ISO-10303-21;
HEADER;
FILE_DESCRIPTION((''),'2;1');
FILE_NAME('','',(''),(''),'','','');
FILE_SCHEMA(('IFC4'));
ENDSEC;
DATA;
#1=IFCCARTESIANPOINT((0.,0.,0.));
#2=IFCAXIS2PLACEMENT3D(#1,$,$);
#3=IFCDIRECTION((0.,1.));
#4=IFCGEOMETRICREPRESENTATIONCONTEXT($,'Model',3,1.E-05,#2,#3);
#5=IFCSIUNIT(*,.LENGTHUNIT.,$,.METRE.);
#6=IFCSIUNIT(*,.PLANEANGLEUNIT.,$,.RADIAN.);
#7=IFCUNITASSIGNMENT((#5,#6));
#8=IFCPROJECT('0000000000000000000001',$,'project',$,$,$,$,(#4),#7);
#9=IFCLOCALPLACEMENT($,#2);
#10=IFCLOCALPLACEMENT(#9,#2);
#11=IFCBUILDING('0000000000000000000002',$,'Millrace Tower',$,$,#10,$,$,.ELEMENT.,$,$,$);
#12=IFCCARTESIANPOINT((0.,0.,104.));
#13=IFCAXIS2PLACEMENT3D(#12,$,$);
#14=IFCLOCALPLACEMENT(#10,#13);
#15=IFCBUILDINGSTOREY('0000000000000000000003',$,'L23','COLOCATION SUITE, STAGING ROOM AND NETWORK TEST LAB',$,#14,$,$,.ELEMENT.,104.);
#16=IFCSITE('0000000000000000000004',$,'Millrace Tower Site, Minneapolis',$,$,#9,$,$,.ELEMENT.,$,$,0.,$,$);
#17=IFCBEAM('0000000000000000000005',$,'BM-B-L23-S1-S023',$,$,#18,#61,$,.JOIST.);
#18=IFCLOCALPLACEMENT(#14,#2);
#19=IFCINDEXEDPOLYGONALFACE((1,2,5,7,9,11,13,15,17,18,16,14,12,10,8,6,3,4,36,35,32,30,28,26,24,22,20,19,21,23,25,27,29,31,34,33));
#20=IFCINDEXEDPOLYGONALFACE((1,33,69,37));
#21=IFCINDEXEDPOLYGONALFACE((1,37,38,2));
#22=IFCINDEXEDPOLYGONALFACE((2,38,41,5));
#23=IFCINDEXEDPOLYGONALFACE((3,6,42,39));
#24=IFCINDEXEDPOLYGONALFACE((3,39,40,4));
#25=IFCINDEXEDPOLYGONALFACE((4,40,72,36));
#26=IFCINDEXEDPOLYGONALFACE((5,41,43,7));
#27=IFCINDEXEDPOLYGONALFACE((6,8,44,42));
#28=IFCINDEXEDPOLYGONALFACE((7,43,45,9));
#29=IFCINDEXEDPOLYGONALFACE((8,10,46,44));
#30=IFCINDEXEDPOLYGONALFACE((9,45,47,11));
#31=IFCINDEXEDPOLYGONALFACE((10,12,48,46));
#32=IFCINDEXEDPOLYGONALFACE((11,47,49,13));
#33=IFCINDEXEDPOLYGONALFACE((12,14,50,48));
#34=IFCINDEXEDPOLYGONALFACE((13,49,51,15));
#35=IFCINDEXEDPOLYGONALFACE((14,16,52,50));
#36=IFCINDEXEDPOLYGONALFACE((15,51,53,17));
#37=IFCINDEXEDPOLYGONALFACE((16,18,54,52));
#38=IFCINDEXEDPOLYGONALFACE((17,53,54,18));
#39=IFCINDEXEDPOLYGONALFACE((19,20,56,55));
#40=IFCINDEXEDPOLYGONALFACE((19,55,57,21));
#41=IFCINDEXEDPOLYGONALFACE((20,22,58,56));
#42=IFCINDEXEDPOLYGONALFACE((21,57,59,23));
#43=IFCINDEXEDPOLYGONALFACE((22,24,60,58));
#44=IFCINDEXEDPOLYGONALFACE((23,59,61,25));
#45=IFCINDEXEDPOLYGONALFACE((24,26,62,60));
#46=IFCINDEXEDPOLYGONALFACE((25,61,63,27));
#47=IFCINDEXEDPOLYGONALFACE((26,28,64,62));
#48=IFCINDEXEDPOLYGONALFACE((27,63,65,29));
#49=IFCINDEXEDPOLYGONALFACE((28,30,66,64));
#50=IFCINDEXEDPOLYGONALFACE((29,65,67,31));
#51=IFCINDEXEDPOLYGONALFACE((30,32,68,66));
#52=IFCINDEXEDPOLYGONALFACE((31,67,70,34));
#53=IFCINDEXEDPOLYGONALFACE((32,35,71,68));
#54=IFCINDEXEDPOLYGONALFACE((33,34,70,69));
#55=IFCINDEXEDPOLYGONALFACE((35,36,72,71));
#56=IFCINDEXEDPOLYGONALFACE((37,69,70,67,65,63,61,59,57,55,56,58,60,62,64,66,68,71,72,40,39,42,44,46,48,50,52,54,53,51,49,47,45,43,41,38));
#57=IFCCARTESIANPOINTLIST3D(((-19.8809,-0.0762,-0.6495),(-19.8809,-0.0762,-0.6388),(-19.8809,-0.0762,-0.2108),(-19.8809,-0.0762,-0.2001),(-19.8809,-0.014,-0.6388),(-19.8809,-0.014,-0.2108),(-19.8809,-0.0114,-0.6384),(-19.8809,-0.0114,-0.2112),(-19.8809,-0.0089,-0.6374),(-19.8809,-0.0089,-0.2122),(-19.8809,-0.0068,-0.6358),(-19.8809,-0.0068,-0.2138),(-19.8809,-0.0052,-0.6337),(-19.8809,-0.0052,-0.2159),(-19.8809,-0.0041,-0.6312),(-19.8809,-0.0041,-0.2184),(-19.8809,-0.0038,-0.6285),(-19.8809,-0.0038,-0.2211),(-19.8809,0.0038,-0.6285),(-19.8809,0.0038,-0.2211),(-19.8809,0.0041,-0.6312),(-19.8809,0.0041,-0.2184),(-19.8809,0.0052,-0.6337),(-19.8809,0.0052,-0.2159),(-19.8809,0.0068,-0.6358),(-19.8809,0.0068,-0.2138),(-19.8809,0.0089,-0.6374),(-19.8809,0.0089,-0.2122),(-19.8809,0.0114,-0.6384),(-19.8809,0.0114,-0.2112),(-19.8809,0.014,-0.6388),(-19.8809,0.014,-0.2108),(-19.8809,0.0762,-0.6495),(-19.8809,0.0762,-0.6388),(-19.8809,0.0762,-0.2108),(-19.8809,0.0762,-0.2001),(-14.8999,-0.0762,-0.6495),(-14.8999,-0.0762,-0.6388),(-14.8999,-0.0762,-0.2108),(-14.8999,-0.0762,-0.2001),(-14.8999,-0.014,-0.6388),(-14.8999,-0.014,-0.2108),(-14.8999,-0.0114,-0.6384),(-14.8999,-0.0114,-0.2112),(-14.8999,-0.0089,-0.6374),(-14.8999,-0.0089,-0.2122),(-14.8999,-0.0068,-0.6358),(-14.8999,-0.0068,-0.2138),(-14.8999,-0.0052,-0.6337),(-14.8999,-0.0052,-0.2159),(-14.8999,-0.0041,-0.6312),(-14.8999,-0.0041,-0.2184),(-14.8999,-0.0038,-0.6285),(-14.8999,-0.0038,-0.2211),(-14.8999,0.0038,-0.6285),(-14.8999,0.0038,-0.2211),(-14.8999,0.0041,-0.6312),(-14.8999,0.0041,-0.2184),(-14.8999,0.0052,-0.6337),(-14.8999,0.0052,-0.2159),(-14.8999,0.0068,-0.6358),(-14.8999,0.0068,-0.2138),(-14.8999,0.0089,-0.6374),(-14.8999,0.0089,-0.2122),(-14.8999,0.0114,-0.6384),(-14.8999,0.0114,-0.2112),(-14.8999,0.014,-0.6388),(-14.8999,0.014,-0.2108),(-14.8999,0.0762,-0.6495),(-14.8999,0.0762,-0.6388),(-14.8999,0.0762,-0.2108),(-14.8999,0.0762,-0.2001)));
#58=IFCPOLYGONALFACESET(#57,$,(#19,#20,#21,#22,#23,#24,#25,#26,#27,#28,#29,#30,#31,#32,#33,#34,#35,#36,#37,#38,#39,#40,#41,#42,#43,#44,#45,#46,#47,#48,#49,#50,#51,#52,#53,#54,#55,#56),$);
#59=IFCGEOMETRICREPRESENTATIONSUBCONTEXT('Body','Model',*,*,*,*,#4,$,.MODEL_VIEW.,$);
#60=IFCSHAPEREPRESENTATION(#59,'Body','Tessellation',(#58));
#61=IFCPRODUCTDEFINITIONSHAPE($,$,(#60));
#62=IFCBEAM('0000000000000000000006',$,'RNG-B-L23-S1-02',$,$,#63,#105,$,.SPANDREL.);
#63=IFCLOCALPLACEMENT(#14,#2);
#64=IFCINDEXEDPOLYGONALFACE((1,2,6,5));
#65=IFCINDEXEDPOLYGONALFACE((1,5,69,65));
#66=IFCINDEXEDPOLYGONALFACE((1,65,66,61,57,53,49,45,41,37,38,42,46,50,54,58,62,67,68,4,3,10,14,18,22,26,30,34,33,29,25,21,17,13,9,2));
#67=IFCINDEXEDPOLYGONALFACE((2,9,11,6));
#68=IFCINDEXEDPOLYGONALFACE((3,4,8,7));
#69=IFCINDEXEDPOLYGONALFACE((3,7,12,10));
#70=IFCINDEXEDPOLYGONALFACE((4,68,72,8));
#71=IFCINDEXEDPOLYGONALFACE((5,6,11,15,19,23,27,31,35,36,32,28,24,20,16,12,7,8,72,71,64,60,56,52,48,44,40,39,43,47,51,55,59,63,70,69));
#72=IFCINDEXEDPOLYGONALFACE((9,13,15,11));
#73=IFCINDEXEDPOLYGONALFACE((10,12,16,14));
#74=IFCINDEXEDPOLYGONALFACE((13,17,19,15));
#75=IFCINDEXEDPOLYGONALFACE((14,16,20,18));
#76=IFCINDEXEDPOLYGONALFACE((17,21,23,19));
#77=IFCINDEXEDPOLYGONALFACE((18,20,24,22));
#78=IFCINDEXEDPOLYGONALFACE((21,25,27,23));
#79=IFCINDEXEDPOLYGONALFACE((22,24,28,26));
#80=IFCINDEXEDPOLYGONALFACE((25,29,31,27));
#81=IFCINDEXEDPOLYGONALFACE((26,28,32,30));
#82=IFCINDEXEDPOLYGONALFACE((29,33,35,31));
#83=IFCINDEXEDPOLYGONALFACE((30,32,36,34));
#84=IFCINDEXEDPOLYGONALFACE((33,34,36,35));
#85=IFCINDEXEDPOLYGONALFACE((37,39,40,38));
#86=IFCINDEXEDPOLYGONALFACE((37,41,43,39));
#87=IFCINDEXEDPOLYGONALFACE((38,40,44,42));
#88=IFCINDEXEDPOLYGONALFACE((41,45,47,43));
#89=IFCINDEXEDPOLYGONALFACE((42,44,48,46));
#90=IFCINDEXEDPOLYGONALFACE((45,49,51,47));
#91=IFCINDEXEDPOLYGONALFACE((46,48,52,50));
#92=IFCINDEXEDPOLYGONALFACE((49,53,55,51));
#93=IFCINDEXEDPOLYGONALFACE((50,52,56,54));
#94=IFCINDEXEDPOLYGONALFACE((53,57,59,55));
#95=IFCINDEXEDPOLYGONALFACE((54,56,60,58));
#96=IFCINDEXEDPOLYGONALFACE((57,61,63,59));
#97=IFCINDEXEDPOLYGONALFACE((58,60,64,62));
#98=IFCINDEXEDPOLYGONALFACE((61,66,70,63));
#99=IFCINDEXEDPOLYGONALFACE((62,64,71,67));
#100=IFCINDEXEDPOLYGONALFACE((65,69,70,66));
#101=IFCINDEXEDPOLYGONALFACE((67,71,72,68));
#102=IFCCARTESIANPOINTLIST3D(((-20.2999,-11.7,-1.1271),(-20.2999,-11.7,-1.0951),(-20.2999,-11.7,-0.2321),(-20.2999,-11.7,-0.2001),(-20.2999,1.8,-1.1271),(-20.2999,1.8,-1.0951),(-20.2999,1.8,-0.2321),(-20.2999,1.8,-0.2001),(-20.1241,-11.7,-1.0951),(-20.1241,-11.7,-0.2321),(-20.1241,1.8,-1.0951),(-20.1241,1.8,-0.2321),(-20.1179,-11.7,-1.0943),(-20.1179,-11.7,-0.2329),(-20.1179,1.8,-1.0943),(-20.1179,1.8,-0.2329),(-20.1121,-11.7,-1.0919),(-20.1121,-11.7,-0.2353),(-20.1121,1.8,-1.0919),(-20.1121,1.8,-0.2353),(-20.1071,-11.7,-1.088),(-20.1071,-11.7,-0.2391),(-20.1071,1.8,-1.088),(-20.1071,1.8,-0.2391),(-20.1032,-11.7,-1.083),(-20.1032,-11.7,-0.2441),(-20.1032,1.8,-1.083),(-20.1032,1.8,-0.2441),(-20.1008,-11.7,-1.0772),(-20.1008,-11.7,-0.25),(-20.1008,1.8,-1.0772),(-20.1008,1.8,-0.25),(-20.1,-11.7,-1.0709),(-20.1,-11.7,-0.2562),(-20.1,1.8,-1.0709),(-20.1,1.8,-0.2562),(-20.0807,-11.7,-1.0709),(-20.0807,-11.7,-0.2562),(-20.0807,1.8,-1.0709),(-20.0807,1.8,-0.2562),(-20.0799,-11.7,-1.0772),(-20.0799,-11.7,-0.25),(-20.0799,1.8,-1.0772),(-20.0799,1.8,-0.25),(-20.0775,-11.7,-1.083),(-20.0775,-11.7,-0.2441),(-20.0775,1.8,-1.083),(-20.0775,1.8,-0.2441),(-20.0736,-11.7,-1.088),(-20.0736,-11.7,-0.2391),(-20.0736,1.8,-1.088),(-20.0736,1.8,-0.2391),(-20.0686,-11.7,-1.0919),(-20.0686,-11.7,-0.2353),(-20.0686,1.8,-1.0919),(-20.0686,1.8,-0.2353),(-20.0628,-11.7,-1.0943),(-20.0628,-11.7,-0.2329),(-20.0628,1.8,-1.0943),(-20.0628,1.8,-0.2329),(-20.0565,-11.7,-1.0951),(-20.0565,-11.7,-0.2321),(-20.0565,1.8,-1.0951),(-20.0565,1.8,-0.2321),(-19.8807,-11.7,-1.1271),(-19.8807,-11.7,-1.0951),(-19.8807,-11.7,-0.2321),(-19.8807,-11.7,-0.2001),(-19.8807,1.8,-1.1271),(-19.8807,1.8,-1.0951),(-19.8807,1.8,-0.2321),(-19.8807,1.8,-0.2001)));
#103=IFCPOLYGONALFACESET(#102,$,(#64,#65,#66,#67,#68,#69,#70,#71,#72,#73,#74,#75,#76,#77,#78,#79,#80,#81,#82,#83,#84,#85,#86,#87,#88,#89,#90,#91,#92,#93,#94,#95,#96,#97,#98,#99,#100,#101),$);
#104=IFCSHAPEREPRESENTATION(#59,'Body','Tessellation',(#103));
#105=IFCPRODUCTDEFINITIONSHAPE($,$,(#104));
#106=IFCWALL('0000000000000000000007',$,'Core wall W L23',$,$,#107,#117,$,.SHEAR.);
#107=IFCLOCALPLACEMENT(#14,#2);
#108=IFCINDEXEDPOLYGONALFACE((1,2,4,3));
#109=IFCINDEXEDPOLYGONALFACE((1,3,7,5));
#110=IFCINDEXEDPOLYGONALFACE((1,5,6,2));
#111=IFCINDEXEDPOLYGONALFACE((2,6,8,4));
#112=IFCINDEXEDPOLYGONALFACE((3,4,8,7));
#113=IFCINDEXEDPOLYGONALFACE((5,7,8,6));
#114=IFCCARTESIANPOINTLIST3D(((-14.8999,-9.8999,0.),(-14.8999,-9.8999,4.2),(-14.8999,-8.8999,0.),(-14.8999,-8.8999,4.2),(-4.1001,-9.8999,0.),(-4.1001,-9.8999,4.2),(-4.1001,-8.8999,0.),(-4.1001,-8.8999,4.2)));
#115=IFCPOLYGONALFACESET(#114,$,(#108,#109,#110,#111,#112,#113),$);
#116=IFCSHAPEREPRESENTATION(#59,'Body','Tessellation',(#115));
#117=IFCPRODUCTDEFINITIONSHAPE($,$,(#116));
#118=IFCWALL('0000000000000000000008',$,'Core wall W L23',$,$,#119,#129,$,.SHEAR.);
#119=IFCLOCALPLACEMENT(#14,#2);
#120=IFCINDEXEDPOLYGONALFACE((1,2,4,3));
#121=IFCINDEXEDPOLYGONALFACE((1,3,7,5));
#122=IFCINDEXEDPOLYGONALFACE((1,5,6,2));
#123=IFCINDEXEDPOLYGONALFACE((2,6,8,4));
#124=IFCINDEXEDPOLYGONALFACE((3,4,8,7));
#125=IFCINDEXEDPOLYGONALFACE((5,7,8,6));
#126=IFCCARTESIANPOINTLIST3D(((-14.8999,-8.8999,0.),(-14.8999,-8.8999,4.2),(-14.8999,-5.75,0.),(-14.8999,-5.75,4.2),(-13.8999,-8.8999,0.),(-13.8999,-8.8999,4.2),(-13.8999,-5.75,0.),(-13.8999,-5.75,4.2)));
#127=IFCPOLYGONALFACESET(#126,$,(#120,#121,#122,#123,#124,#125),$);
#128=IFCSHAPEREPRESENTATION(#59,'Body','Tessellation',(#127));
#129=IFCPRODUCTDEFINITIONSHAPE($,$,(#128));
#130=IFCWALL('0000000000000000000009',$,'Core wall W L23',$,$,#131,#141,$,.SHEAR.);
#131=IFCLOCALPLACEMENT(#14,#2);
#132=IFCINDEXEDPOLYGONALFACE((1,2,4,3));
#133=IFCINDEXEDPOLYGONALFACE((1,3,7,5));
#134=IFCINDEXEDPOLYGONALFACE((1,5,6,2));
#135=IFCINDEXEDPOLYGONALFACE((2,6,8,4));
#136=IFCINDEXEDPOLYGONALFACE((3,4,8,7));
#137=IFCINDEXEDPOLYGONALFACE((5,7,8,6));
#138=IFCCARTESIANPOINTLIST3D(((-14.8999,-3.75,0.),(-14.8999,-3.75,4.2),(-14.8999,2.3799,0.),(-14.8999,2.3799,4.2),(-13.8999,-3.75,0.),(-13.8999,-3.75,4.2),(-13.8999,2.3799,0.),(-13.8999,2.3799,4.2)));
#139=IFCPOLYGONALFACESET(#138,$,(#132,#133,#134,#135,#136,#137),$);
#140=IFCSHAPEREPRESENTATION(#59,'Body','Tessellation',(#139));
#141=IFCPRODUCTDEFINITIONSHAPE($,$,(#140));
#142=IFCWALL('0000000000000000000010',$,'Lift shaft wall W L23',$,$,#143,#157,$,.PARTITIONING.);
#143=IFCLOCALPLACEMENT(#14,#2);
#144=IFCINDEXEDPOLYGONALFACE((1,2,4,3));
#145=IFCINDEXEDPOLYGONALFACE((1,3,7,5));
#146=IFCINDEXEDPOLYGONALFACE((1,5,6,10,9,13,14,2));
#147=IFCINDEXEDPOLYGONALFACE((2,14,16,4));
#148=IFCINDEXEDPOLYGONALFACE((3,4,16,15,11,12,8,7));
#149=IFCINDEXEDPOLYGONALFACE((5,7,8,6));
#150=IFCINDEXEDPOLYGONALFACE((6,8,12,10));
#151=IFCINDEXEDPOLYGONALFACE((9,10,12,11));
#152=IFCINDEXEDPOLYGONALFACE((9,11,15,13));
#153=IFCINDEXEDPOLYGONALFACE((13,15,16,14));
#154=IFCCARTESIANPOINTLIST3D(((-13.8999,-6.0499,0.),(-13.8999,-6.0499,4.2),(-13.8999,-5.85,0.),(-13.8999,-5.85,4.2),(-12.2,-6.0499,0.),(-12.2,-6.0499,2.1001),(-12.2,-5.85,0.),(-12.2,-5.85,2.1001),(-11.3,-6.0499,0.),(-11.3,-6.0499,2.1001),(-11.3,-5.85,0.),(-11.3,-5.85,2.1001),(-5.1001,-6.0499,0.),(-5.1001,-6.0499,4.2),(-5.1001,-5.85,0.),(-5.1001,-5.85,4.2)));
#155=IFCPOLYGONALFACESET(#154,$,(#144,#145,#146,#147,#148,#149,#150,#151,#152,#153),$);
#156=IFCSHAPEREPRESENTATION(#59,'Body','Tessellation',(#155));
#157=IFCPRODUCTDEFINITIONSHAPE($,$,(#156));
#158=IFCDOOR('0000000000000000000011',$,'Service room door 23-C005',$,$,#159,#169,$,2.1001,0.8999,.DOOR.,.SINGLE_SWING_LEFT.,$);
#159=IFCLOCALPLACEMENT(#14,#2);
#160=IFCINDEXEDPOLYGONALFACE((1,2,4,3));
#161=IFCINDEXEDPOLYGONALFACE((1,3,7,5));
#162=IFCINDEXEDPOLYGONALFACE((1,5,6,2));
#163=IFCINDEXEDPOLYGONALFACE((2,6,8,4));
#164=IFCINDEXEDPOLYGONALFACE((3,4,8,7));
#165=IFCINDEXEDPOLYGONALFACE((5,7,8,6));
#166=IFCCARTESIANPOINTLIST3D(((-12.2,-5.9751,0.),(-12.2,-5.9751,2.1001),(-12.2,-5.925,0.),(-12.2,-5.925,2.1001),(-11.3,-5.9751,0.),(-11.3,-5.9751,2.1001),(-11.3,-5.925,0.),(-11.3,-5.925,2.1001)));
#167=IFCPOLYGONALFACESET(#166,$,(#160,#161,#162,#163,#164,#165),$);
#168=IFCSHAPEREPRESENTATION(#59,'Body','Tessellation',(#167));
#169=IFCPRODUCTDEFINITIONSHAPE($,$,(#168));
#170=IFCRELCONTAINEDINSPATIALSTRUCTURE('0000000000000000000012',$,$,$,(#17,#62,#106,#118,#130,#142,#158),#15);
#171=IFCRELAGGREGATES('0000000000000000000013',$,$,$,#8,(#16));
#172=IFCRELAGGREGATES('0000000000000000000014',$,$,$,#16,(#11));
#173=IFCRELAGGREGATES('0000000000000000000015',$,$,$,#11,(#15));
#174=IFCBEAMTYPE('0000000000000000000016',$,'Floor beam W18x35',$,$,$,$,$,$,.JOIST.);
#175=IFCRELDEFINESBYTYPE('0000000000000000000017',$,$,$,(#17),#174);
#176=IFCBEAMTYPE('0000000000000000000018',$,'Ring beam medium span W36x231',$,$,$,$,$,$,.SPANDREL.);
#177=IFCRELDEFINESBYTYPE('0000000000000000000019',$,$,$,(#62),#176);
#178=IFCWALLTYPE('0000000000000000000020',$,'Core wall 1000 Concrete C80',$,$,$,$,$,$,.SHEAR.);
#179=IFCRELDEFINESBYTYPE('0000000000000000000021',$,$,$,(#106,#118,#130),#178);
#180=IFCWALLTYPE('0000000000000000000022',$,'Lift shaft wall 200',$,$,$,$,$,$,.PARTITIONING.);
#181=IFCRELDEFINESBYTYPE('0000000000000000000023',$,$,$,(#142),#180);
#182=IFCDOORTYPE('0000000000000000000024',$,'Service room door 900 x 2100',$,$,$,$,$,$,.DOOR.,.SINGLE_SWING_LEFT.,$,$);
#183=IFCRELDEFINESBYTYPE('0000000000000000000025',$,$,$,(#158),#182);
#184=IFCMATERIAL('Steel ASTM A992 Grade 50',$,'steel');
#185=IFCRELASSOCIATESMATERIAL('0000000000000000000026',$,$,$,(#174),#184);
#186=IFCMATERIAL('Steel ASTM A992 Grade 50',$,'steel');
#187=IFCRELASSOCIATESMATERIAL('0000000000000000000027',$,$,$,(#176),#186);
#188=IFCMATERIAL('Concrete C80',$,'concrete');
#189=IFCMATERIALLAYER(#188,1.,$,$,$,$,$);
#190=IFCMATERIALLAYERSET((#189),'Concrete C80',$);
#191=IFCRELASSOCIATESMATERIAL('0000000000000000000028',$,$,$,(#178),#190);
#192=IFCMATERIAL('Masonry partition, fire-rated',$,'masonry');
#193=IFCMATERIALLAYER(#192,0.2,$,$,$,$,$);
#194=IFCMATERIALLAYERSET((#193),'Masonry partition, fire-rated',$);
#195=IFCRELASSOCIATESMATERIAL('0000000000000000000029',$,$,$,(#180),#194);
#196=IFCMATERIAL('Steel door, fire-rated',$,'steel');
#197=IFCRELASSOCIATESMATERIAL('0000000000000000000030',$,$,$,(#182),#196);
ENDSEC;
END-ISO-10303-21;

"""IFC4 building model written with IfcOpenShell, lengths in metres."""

from ifc_helpers import new_model, si_unit, direction, frame, frame_2d, origin, origin_2d, place, context, subcontext, project, spatial, rectangle, i_section, extrude, material, layer, layer_set, material_profile, profile_set, type_object, element, fill, save


model = new_model("IFC4")

# Units and contexts
model_context = context("Model", 3, precision=1e-05, world=origin(), true_north=direction((0.0, 1.0)))
body_context = subcontext(model_context, "Body", "Model", "MODEL_VIEW")
ifc_project = project(units=[si_unit("LENGTHUNIT", "METRE"), si_unit("PLANEANGLEUNIT", "RADIAN")], contexts=[model_context])

# Site, building, storey
site_placement = place(None, origin())
site = spatial("IfcSite", under=ifc_project, at=site_placement, Name="Millrace Tower Site, Minneapolis", CompositionType="ELEMENT", RefElevation=0.0)
building_placement = place(site_placement, origin())
building = spatial("IfcBuilding", under=site, at=building_placement, Name="Millrace Tower", CompositionType="ELEMENT")
storey_placement = place(building_placement, frame((0.0, 0.0, 104.0)))
storey = spatial("IfcBuildingStorey", under=building, at=storey_placement, Name="L23", Description="COLOCATION SUITE, STAGING ROOM AND NETWORK TEST LAB", CompositionType="ELEMENT", Elevation=104.0)

# Beams
ifc_material_1 = material(Name="Steel ASTM A992 Grade 50", Category="steel")
ifc_material_profile_1 = material_profile(ifc_material_1, i_section(OverallWidth=0.1523, OverallDepth=0.4495, WebThickness=0.0076, FlangeThickness=0.0107, FilletRadius=0.0103, at=origin_2d()))
ifc_profile_set_1 = profile_set([ifc_material_profile_1], Name="Steel ASTM A992 Grade 50")
beam_type_1 = type_object("IfcBeamType", Name="Floor beam W18x35", PredefinedType="JOIST", material=ifc_profile_set_1)
for number, where, z_axis, x_axis, name in (
    (1, (-19.8809, 0.0, -0.4248), (1.0, 0.0, 0.0), (0.0, 1.0, 0.0), "BM-B-L23-S1-S023"),
):
    element("IfcBeam", number, at=place(storey_placement, frame(where, z_axis=z_axis, x_axis=x_axis)), inside=storey, type_object=beam_type_1, Name=name, PredefinedType="JOIST", context=body_context, shape_type="SweptSolid", body=[
        extrude(i_section(OverallWidth=0.1523, OverallDepth=0.4495, WebThickness=0.0076, FlangeThickness=0.0107, FilletRadius=0.0103, at=origin_2d()), origin(), (0.0, 0.0, 1.0), 4.981),
    ])
ifc_material_2 = material(Name="Steel ASTM A992 Grade 50", Category="steel")
ifc_material_profile_2 = material_profile(ifc_material_2, i_section(OverallWidth=0.4192, OverallDepth=0.927, WebThickness=0.0193, FlangeThickness=0.032, FilletRadius=0.0242, at=origin_2d()))
ifc_profile_set_2 = profile_set([ifc_material_profile_2], Name="Steel ASTM A992 Grade 50")
beam_type_2 = type_object("IfcBeamType", Name="Ring beam medium span W36x231", PredefinedType="SPANDREL", material=ifc_profile_set_2)
beam_1_placement = place(storey_placement, frame((-20.0903, -11.7, -0.6636), z_axis=(0.0, 1.0, 0.0), x_axis=(-1.0, 0.0, 0.0)))
element("IfcBeam", 2, at=beam_1_placement, inside=storey, type_object=beam_type_2, Name="RNG-B-L23-S1-02", PredefinedType="SPANDREL", context=body_context, shape_type="SweptSolid", body=[
    extrude(i_section(OverallWidth=0.4192, OverallDepth=0.927, WebThickness=0.0193, FlangeThickness=0.032, FilletRadius=0.0242, at=origin_2d()), origin(), (0.0, 0.0, 1.0), 13.5),
])

# Walls
ifc_material_3 = material(Name="Concrete C80", Category="concrete")
ifc_layer_1 = layer(ifc_material_3, 1.0)
ifc_layer_set_1 = layer_set([ifc_layer_1], Name="Concrete C80")
wall_type_1 = type_object("IfcWallType", Name="Core wall 1000 Concrete C80", PredefinedType="SHEAR", material=ifc_layer_set_1)
wall_1_placement = place(storey_placement, frame((-14.8999, -9.3999, 0.0), z_axis=(0.0, 0.0, 1.0), x_axis=(1.0, 0.0, 0.0)))
element("IfcWall", 3, at=wall_1_placement, inside=storey, type_object=wall_type_1, Name="Core wall W L23", PredefinedType="SHEAR", context=body_context, shape_type="SweptSolid", body=[
    extrude(rectangle(XDim=10.7998, YDim=1.0, at=frame_2d((5.3999, 0.0))), origin(), (0.0, 0.0, 1.0), 4.2),
])
wall_2_placement = place(storey_placement, frame((-14.3999, -8.8999, 0.0), z_axis=(0.0, 0.0, 1.0), x_axis=(0.0, 1.0, 0.0)))
element("IfcWall", 4, at=wall_2_placement, inside=storey, type_object=wall_type_1, Name="Core wall W L23", PredefinedType="SHEAR", context=body_context, shape_type="SweptSolid", body=[
    extrude(rectangle(XDim=3.1499, YDim=1.0, at=frame_2d((1.575, 0.0))), origin(), (0.0, 0.0, 1.0), 4.2),
])
wall_3_placement = place(storey_placement, frame((-14.3999, -3.75, 0.0), z_axis=(0.0, 0.0, 1.0), x_axis=(0.0, 1.0, 0.0)))
element("IfcWall", 5, at=wall_3_placement, inside=storey, type_object=wall_type_1, Name="Core wall W L23", PredefinedType="SHEAR", context=body_context, shape_type="SweptSolid", body=[
    extrude(rectangle(XDim=6.1299, YDim=1.0, at=frame_2d((3.0649, 0.0))), origin(), (0.0, 0.0, 1.0), 4.2),
])

# Wall, opening, door
ifc_material_4 = material(Name="Masonry partition, fire-rated", Category="masonry")
ifc_layer_2 = layer(ifc_material_4, 0.2)
ifc_layer_set_2 = layer_set([ifc_layer_2], Name="Masonry partition, fire-rated")
wall_type_2 = type_object("IfcWallType", Name="Lift shaft wall 200", PredefinedType="PARTITIONING", material=ifc_layer_set_2)
wall_4_placement = place(storey_placement, frame((-13.8999, -5.95, 0.0), z_axis=(0.0, 0.0, 1.0), x_axis=(1.0, 0.0, 0.0)))
wall_4 = element("IfcWall", 6, at=wall_4_placement, inside=storey, type_object=wall_type_2, Name="Lift shaft wall W L23", PredefinedType="PARTITIONING", context=body_context, shape_type="SweptSolid", body=[
    extrude(rectangle(XDim=8.7998, YDim=0.2, at=frame_2d((4.3999, 0.0))), origin(), (0.0, 0.0, 1.0), 4.2),
])
opening_1_placement = place(wall_4_placement, frame((1.7, 0.0, 0.0)))
opening_1 = element("IfcOpeningElement", 7, at=opening_1_placement, cuts=wall_4, PredefinedType="OPENING", context=body_context, shape_type="SweptSolid", body=[
    extrude(rectangle(XDim=0.8999, YDim=2.1001, at=frame_2d((0.45, 1.05))), frame((0.0, 0.1099, 0.0), z_axis=(0.0, -1.0, 0.0), x_axis=(1.0, 0.0, 0.0)), (0.0, 0.0, 1.0), 0.22),
])
ifc_material_5 = material(Name="Steel door, fire-rated", Category="steel")
door_type_1 = type_object("IfcDoorType", Name="Service room door 900 x 2100", OperationType="SINGLE_SWING_LEFT", PredefinedType="DOOR", material=ifc_material_5)
door_1_placement = place(opening_1_placement, origin())
door_1 = element("IfcDoor", 8, at=door_1_placement, inside=storey, type_object=door_type_1, Name="Service room door 23-C005", OperationType="SINGLE_SWING_LEFT", OverallHeight=2.1001, OverallWidth=0.8999, PredefinedType="DOOR", context=body_context, shape_type="SweptSolid", body=[
    extrude(rectangle(XDim=0.8999, YDim=2.1001, at=frame_2d((0.45, 1.05))), frame((0.0, 0.0249, 0.0), z_axis=(0.0, -1.0, 0.0), x_axis=(1.0, 0.0, 0.0)), (0.0, 0.0, 1.0), 0.05),
])
fill(opening_1, door_1)

save(model, "model.ifc")
